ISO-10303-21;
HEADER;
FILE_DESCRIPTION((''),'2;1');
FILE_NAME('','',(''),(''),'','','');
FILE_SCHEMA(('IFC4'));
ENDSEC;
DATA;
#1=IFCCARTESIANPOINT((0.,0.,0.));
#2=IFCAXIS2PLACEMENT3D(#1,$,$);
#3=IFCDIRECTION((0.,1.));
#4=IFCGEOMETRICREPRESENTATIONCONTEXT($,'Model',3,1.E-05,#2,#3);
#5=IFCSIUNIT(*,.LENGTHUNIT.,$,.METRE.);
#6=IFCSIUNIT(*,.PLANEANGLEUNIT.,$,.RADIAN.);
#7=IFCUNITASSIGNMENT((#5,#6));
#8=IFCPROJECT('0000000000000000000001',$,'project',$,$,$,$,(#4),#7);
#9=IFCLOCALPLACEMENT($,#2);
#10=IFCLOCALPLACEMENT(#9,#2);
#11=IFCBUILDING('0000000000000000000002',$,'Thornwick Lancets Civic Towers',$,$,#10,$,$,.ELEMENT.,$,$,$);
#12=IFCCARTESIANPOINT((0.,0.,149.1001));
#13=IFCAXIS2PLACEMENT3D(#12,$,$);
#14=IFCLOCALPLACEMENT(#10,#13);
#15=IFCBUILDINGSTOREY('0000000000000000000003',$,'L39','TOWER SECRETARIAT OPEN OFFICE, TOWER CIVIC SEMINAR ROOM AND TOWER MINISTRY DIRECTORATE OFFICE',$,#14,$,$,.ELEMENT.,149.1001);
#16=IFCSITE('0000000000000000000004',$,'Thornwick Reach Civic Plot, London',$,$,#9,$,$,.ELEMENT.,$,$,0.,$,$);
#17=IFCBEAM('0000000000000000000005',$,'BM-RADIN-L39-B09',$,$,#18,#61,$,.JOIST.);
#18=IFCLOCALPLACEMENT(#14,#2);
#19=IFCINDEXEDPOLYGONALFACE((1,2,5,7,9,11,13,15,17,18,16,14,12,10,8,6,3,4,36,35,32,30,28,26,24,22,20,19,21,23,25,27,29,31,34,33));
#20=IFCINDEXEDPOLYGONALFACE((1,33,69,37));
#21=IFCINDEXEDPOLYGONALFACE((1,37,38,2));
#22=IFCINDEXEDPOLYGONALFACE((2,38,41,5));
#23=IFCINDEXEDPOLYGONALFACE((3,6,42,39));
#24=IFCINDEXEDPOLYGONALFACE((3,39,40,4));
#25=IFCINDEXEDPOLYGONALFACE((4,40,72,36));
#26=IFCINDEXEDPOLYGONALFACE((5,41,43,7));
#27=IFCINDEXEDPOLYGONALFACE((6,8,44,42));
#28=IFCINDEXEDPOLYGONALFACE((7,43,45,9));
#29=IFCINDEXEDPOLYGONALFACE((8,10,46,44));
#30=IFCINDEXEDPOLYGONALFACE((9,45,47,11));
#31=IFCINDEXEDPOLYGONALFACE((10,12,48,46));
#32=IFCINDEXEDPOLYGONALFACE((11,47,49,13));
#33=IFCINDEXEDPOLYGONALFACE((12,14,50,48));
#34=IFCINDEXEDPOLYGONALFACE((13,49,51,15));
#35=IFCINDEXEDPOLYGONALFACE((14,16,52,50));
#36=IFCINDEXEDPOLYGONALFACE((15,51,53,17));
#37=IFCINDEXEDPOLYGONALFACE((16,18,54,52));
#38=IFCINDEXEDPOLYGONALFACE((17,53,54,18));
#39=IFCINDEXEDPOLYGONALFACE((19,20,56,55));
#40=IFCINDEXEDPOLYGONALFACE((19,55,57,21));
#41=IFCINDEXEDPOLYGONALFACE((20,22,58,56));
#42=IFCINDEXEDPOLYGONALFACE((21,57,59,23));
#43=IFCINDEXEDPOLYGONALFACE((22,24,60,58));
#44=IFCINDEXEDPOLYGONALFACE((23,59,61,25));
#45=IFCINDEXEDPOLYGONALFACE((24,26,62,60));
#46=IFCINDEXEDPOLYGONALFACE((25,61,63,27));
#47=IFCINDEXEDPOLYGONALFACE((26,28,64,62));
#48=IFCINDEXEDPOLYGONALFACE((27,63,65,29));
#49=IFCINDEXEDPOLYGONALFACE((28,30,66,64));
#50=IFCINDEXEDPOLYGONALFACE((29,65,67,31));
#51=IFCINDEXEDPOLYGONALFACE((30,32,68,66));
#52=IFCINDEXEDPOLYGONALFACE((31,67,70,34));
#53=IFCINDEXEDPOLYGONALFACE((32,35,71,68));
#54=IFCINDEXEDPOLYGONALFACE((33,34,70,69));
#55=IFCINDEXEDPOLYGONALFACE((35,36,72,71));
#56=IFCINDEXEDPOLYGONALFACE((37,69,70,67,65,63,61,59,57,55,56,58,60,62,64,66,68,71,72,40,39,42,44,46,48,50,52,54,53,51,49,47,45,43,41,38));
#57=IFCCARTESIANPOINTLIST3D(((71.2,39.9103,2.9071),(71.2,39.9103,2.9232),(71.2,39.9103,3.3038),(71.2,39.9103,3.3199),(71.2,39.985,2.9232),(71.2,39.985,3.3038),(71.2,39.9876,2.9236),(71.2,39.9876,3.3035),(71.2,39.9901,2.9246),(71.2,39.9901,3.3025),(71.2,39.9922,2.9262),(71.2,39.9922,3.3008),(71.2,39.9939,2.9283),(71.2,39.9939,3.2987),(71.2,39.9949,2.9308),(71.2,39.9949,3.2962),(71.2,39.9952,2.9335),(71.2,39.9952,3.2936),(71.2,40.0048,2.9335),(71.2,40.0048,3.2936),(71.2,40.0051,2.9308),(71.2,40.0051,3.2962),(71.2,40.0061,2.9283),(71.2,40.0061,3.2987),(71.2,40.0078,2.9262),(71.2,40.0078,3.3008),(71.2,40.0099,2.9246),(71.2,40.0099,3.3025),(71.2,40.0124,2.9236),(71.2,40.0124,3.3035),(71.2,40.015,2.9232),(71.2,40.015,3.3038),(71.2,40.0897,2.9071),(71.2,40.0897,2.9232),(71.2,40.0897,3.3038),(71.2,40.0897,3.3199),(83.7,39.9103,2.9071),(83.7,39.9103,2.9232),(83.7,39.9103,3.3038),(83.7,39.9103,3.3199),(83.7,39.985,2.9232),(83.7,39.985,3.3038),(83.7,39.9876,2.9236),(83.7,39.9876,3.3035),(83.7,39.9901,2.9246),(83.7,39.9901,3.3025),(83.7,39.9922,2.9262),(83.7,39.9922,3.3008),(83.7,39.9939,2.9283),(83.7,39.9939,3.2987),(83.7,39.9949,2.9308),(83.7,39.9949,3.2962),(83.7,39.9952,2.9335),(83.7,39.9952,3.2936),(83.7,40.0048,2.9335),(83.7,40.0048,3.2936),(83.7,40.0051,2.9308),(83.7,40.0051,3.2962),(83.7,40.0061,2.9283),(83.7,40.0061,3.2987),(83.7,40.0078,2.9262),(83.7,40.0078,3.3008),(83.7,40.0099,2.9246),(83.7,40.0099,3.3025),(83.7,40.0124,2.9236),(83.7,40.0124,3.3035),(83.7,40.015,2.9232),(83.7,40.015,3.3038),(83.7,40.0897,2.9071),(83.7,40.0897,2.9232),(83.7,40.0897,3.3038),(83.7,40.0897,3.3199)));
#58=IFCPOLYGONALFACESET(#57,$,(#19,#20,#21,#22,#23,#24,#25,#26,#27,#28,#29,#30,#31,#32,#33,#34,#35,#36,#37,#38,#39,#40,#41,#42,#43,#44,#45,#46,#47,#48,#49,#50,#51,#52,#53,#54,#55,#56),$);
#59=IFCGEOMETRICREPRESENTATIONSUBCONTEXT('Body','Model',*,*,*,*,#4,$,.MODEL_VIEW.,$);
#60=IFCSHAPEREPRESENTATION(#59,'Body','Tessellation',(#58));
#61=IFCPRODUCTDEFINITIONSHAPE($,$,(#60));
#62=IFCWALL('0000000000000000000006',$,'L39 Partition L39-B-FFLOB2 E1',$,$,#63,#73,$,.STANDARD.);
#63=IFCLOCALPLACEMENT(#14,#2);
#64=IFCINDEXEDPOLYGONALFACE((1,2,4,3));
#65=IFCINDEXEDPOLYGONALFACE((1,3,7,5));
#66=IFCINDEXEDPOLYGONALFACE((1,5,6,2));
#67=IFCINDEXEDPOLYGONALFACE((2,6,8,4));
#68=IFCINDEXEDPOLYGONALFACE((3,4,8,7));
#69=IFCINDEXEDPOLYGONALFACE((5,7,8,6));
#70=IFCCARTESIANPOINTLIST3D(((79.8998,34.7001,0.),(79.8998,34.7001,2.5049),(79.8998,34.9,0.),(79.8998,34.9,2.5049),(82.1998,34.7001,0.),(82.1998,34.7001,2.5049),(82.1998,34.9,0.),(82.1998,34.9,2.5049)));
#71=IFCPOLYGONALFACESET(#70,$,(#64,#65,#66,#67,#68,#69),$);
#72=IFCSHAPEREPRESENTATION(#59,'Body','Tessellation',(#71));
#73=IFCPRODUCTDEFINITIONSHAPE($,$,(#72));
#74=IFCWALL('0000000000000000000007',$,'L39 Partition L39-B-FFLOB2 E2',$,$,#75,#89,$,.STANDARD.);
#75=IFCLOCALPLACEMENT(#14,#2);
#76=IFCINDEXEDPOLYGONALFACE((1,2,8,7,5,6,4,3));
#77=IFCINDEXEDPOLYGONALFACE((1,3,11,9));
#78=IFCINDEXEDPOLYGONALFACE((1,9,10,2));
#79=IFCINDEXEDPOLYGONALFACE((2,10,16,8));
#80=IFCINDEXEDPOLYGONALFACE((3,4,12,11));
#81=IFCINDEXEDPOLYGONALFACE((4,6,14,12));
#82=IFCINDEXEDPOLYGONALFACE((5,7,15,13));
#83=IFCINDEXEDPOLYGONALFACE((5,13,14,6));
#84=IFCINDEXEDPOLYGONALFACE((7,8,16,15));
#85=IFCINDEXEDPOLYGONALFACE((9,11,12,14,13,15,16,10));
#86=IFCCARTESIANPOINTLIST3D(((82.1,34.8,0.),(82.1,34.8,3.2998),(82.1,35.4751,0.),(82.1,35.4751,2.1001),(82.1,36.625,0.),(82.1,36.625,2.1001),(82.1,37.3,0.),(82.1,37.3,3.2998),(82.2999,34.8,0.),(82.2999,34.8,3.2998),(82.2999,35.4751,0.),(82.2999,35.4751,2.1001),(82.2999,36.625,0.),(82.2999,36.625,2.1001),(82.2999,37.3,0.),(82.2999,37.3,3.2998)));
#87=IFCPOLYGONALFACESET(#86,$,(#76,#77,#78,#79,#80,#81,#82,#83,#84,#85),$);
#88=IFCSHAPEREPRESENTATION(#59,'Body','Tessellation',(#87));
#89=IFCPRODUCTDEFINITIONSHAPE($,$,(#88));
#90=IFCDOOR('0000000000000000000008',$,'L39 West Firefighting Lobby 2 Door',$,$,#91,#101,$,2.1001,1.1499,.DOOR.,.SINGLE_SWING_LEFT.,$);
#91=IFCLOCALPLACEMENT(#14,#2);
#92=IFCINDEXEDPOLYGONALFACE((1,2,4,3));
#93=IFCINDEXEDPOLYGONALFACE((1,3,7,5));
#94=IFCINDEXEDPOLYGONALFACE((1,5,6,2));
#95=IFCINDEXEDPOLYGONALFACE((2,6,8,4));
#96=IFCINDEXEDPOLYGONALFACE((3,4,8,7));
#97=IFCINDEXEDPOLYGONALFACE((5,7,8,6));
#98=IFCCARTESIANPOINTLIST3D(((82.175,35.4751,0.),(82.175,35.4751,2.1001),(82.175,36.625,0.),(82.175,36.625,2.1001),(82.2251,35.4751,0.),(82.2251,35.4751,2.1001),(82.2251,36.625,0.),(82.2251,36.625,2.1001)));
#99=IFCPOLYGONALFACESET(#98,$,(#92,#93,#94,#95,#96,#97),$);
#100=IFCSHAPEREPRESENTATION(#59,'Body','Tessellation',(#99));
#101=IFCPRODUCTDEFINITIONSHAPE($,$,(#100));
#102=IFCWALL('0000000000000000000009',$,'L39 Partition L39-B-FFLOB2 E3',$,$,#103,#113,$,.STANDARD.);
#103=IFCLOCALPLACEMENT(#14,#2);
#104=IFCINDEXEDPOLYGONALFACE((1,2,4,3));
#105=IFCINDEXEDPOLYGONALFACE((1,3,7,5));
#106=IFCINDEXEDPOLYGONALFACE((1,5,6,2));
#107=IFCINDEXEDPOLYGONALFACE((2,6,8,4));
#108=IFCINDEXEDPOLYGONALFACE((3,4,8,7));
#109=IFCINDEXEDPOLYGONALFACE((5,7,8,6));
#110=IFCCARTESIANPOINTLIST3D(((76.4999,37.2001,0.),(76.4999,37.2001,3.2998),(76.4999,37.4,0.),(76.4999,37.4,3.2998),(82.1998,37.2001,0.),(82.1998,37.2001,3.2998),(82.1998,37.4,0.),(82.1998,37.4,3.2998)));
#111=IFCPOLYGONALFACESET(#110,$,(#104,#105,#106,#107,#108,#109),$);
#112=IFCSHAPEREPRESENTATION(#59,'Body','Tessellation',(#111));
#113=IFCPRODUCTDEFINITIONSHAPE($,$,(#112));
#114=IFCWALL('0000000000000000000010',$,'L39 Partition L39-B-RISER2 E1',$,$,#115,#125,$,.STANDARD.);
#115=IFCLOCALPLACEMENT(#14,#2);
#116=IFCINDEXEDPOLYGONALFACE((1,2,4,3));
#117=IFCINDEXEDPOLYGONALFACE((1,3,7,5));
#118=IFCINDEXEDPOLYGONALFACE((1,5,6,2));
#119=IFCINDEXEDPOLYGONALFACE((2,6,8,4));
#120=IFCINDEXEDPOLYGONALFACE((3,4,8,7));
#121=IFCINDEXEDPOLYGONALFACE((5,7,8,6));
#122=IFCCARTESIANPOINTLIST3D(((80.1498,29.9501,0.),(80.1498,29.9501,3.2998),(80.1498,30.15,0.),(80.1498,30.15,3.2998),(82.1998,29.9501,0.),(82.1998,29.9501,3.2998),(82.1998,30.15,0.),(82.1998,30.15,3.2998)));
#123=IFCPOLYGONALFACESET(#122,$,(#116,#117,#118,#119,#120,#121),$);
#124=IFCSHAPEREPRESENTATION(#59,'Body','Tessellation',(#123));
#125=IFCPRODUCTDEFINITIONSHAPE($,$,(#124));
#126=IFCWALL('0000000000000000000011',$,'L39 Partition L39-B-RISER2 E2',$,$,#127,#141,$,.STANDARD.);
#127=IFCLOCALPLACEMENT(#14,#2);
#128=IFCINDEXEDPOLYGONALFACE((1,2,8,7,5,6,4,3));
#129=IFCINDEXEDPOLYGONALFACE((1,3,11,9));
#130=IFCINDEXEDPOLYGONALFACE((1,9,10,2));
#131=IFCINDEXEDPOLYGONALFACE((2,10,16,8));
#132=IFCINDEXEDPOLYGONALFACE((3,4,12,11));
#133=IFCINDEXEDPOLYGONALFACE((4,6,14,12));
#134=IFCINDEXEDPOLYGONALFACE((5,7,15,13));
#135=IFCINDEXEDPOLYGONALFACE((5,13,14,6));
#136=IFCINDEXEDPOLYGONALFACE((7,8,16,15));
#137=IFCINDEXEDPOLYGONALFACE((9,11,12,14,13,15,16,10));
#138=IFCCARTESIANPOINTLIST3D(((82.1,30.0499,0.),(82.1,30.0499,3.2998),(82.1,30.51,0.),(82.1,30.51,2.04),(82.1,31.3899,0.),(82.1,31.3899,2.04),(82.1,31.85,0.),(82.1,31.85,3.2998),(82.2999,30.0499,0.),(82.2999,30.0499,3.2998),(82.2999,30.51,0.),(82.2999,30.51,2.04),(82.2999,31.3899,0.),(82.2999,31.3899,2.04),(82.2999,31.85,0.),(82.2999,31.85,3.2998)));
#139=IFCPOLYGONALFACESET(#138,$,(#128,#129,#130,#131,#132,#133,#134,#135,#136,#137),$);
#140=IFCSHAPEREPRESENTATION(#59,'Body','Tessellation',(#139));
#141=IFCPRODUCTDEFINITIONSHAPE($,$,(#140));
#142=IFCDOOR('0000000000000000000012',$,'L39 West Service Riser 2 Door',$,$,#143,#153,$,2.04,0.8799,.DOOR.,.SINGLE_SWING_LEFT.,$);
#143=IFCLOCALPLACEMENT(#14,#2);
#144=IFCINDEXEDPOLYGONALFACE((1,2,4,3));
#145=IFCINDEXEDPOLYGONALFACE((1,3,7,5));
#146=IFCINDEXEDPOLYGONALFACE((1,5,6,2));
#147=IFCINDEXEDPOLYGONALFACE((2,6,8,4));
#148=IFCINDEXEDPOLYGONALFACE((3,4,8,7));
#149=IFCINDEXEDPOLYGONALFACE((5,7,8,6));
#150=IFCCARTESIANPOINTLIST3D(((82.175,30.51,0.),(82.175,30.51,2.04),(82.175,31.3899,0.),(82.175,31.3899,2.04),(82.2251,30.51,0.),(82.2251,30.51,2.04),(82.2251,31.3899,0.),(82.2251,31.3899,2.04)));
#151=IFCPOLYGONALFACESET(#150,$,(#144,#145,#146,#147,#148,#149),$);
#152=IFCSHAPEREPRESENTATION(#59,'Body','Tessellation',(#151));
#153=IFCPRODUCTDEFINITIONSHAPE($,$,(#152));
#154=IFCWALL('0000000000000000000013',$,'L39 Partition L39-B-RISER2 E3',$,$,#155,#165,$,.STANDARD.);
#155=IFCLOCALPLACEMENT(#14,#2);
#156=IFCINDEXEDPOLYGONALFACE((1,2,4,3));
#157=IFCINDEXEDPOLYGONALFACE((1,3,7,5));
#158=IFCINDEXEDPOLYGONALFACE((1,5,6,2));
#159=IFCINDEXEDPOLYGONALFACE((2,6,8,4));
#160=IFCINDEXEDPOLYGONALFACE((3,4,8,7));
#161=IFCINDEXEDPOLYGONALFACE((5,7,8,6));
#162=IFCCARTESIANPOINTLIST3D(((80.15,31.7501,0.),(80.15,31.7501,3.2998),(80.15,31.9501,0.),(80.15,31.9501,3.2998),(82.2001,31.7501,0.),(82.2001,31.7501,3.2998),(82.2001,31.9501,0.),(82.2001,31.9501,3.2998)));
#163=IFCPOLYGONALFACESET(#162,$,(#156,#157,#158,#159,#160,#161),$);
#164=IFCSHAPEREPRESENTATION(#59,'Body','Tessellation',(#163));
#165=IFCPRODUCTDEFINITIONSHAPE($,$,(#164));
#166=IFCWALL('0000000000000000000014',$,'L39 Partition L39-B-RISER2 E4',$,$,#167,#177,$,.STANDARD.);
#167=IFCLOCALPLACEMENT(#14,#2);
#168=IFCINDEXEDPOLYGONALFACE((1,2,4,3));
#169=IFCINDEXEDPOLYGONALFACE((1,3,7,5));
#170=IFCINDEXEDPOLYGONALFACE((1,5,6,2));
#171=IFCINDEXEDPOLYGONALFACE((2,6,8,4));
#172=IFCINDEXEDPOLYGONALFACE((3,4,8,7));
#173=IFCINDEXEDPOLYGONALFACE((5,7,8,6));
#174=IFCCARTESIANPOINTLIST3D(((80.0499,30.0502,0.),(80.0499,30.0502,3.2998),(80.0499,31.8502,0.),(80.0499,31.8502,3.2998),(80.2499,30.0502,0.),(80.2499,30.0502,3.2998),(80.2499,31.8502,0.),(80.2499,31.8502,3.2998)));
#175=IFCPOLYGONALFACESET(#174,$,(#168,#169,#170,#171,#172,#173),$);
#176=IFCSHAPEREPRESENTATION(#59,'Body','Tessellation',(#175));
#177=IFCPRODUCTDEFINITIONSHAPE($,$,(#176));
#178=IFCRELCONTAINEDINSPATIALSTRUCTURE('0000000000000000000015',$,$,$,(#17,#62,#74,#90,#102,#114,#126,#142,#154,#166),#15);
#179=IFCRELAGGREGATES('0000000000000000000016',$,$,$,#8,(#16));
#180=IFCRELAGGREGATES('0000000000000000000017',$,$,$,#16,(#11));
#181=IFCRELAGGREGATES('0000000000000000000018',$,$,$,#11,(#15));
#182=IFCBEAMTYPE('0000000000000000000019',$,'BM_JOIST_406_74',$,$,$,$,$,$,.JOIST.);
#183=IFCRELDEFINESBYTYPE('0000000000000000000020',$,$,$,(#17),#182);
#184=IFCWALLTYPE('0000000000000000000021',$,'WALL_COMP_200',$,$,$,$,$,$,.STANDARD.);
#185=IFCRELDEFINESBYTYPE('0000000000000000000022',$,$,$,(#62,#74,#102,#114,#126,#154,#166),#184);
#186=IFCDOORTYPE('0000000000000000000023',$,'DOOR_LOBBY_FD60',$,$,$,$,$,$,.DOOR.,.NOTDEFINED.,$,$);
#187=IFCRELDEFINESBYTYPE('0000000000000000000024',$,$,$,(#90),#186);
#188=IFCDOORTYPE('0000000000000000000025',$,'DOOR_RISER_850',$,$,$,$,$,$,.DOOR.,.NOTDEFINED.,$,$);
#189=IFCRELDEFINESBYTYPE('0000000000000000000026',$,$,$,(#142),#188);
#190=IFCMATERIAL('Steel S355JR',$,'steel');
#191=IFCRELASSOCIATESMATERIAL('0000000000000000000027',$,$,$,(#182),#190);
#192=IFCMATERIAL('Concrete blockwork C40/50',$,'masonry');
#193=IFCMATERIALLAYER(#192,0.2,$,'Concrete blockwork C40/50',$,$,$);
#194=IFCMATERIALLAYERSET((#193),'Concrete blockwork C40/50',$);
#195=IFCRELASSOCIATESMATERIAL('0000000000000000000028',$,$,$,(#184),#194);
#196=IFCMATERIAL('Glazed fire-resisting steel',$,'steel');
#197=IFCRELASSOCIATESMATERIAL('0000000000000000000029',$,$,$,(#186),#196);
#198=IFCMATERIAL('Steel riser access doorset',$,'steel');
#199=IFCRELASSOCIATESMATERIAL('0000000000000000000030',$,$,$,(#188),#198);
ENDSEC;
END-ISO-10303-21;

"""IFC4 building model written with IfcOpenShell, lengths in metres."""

from ifc_helpers import new_model, si_unit, direction, frame, frame_2d, origin, origin_2d, place, context, subcontext, project, spatial, rectangle, i_section, extrude, material, layer, layer_set, material_profile, profile_set, type_object, element, fill, save


model = new_model("IFC4")

# Units and contexts
model_context = context("Model", 3, precision=1e-05, world=origin(), true_north=direction((0.0, 1.0)))
body_context = subcontext(model_context, "Body", "Model", "MODEL_VIEW")
ifc_project = project(units=[si_unit("LENGTHUNIT", "METRE"), si_unit("PLANEANGLEUNIT", "RADIAN")], contexts=[model_context])

# Site, building, storey
site_placement = place(None, origin())
site = spatial("IfcSite", under=ifc_project, at=site_placement, Name="Thornwick Reach Civic Plot, London", CompositionType="ELEMENT", RefElevation=0.0)
building_placement = place(site_placement, origin())
building = spatial("IfcBuilding", under=site, at=building_placement, Name="Thornwick Lancets Civic Towers", CompositionType="ELEMENT")
storey_placement = place(building_placement, frame((0.0, 0.0, 149.1001)))
storey = spatial("IfcBuildingStorey", under=building, at=storey_placement, Name="L39", Description="TOWER SECRETARIAT OPEN OFFICE, TOWER CIVIC SEMINAR ROOM AND TOWER MINISTRY DIRECTORATE OFFICE", CompositionType="ELEMENT", Elevation=149.1001)

# Beam
ifc_material_1 = material(Name="Steel S355JR", Category="steel")
ifc_material_profile_1 = material_profile(ifc_material_1, i_section(OverallWidth=0.1794, OverallDepth=0.4128, WebThickness=0.0095, FlangeThickness=0.0161, FilletRadius=0.0103, at=origin_2d()), Name="UKB 406x178x74")
ifc_profile_set_1 = profile_set([ifc_material_profile_1], Name="Steel S355JR")
beam_type_1 = type_object("IfcBeamType", Name="BM_JOIST_406_74", PredefinedType="JOIST", material=ifc_profile_set_1)
beam_1_placement = place(storey_placement, frame((83.7, 40.0, 3.1135), z_axis=(-1.0, 0.0, 0.0), x_axis=(0.0, -1.0, 0.0)))
element("IfcBeam", 1, at=beam_1_placement, inside=storey, type_object=beam_type_1, Name="BM-RADIN-L39-B09", PredefinedType="JOIST", context=body_context, shape_type="SweptSolid", body=[
    extrude(i_section(OverallWidth=0.1794, OverallDepth=0.4128, WebThickness=0.0095, FlangeThickness=0.0161, FilletRadius=0.0103, at=origin_2d()), origin(), (0.0, 0.0, 1.0), 12.5),
])

# Wall
ifc_material_2 = material(Name="Concrete blockwork C40/50", Category="masonry")
ifc_layer_1 = layer(ifc_material_2, 0.2, Name="Concrete blockwork C40/50")
ifc_layer_set_1 = layer_set([ifc_layer_1], Name="Concrete blockwork C40/50")
wall_type_1 = type_object("IfcWallType", Name="WALL_COMP_200", PredefinedType="STANDARD", material=ifc_layer_set_1)
wall_1_placement = place(storey_placement, frame((79.8999, 34.8, 0.0), z_axis=(0.0, 0.0, 1.0), x_axis=(1.0, 0.0, 0.0)))
element("IfcWall", 2, at=wall_1_placement, inside=storey, type_object=wall_type_1, Name="L39 Partition L39-B-FFLOB2 E1", PredefinedType="STANDARD", context=body_context, shape_type="SweptSolid", body=[
    extrude(rectangle(XDim=2.3, YDim=0.2, at=frame_2d((1.1499, 0.0))), origin(), (0.0, 0.0, 1.0), 2.5049),
])

# Wall, opening, door
wall_2_placement = place(storey_placement, frame((82.2, 34.8, 0.0), z_axis=(0.0, 0.0, 1.0), x_axis=(0.0, 1.0, 0.0)))
wall_2 = element("IfcWall", 3, at=wall_2_placement, inside=storey, type_object=wall_type_1, Name="L39 Partition L39-B-FFLOB2 E2", PredefinedType="STANDARD", context=body_context, shape_type="SweptSolid", body=[
    extrude(rectangle(XDim=2.5, YDim=0.2, at=frame_2d((1.25, 0.0))), origin(), (0.0, 0.0, 1.0), 3.2998),
])
opening_1_placement = place(wall_2_placement, frame((0.675, 0.0, 0.0)))
opening_1 = element("IfcOpeningElement", 4, at=opening_1_placement, cuts=wall_2, PredefinedType="OPENING", context=body_context, shape_type="SweptSolid", body=[
    extrude(rectangle(XDim=1.1499, YDim=2.1001, at=frame_2d((0.575, 1.05))), frame((0.0, 0.1099, 0.0), z_axis=(0.0, -1.0, 0.0), x_axis=(1.0, 0.0, 0.0)), (0.0, 0.0, 1.0), 0.22),
])
ifc_material_3 = material(Name="Glazed fire-resisting steel", Category="steel")
door_type_1 = type_object("IfcDoorType", Name="DOOR_LOBBY_FD60", OperationType="NOTDEFINED", PredefinedType="DOOR", material=ifc_material_3)
door_1_placement = place(opening_1_placement, origin())
door_1 = element("IfcDoor", 5, at=door_1_placement, inside=storey, type_object=door_type_1, Name="L39 West Firefighting Lobby 2 Door", OperationType="SINGLE_SWING_LEFT", OverallHeight=2.1001, OverallWidth=1.1499, PredefinedType="DOOR", context=body_context, shape_type="SweptSolid", body=[
    extrude(rectangle(XDim=1.1499, YDim=2.1001, at=frame_2d((0.575, 1.05))), frame((0.0, 0.0249, 0.0), z_axis=(0.0, -1.0, 0.0), x_axis=(1.0, 0.0, 0.0)), (0.0, 0.0, 1.0), 0.05),
])
fill(opening_1, door_1)

# Walls
wall_3_placement = place(storey_placement, frame((82.2, 37.3, 0.0), z_axis=(0.0, 0.0, 1.0), x_axis=(-1.0, 0.0, 0.0)))
element("IfcWall", 6, at=wall_3_placement, inside=storey, type_object=wall_type_1, Name="L39 Partition L39-B-FFLOB2 E3", PredefinedType="STANDARD", context=body_context, shape_type="SweptSolid", body=[
    extrude(rectangle(XDim=5.7, YDim=0.2, at=frame_2d((2.8501, 0.0))), origin(), (0.0, 0.0, 1.0), 3.2998),
])
wall_4_placement = place(storey_placement, frame((80.1499, 30.05, 0.0), z_axis=(0.0, 0.0, 1.0), x_axis=(1.0, 0.0, 0.0)))
element("IfcWall", 7, at=wall_4_placement, inside=storey, type_object=wall_type_1, Name="L39 Partition L39-B-RISER2 E1", PredefinedType="STANDARD", context=body_context, shape_type="SweptSolid", body=[
    extrude(rectangle(XDim=2.05, YDim=0.2, at=frame_2d((1.0249, 0.0))), origin(), (0.0, 0.0, 1.0), 3.2998),
])

# Wall, opening, door
wall_5_placement = place(storey_placement, frame((82.2, 30.05, 0.0), z_axis=(0.0, 0.0, 1.0), x_axis=(0.0, 1.0, 0.0)))
wall_5 = element("IfcWall", 8, at=wall_5_placement, inside=storey, type_object=wall_type_1, Name="L39 Partition L39-B-RISER2 E2", PredefinedType="STANDARD", context=body_context, shape_type="SweptSolid", body=[
    extrude(rectangle(XDim=1.8, YDim=0.2, at=frame_2d((0.8999, 0.0))), origin(), (0.0, 0.0, 1.0), 3.2998),
])
opening_2_placement = place(wall_5_placement, frame((0.46, 0.0, 0.0)))
opening_2 = element("IfcOpeningElement", 9, at=opening_2_placement, cuts=wall_5, PredefinedType="OPENING", context=body_context, shape_type="SweptSolid", body=[
    extrude(rectangle(XDim=0.8799, YDim=2.04, at=frame_2d((0.4399, 1.02))), frame((0.0, 0.1099, 0.0), z_axis=(0.0, -1.0, 0.0), x_axis=(1.0, 0.0, 0.0)), (0.0, 0.0, 1.0), 0.22),
])
ifc_material_4 = material(Name="Steel riser access doorset", Category="steel")
door_type_2 = type_object("IfcDoorType", Name="DOOR_RISER_850", OperationType="NOTDEFINED", PredefinedType="DOOR", material=ifc_material_4)
door_2_placement = place(opening_2_placement, origin())
door_2 = element("IfcDoor", 10, at=door_2_placement, inside=storey, type_object=door_type_2, Name="L39 West Service Riser 2 Door", OperationType="SINGLE_SWING_LEFT", OverallHeight=2.04, OverallWidth=0.8799, PredefinedType="DOOR", context=body_context, shape_type="SweptSolid", body=[
    extrude(rectangle(XDim=0.8799, YDim=2.04, at=frame_2d((0.4399, 1.02))), frame((0.0, 0.0249, 0.0), z_axis=(0.0, -1.0, 0.0), x_axis=(1.0, 0.0, 0.0)), (0.0, 0.0, 1.0), 0.05),
])
fill(opening_2, door_2)

# Walls
wall_6_placement = place(storey_placement, frame((82.2, 31.8501, 0.0), z_axis=(0.0, 0.0, 1.0), x_axis=(-1.0, 0.0, 0.0)))
element("IfcWall", 11, at=wall_6_placement, inside=storey, type_object=wall_type_1, Name="L39 Partition L39-B-RISER2 E3", PredefinedType="STANDARD", context=body_context, shape_type="SweptSolid", body=[
    extrude(rectangle(XDim=2.05, YDim=0.2, at=frame_2d((1.0249, 0.0))), origin(), (0.0, 0.0, 1.0), 3.2998),
])
wall_7_placement = place(storey_placement, frame((80.1499, 31.8501, 0.0), z_axis=(0.0, 0.0, 1.0), x_axis=(0.0, -1.0, 0.0)))
element("IfcWall", 12, at=wall_7_placement, inside=storey, type_object=wall_type_1, Name="L39 Partition L39-B-RISER2 E4", PredefinedType="STANDARD", context=body_context, shape_type="SweptSolid", body=[
    extrude(rectangle(XDim=1.8, YDim=0.2, at=frame_2d((0.8999, 0.0))), origin(), (0.0, 0.0, 1.0), 3.2998),
])

save(model, "model.ifc")
